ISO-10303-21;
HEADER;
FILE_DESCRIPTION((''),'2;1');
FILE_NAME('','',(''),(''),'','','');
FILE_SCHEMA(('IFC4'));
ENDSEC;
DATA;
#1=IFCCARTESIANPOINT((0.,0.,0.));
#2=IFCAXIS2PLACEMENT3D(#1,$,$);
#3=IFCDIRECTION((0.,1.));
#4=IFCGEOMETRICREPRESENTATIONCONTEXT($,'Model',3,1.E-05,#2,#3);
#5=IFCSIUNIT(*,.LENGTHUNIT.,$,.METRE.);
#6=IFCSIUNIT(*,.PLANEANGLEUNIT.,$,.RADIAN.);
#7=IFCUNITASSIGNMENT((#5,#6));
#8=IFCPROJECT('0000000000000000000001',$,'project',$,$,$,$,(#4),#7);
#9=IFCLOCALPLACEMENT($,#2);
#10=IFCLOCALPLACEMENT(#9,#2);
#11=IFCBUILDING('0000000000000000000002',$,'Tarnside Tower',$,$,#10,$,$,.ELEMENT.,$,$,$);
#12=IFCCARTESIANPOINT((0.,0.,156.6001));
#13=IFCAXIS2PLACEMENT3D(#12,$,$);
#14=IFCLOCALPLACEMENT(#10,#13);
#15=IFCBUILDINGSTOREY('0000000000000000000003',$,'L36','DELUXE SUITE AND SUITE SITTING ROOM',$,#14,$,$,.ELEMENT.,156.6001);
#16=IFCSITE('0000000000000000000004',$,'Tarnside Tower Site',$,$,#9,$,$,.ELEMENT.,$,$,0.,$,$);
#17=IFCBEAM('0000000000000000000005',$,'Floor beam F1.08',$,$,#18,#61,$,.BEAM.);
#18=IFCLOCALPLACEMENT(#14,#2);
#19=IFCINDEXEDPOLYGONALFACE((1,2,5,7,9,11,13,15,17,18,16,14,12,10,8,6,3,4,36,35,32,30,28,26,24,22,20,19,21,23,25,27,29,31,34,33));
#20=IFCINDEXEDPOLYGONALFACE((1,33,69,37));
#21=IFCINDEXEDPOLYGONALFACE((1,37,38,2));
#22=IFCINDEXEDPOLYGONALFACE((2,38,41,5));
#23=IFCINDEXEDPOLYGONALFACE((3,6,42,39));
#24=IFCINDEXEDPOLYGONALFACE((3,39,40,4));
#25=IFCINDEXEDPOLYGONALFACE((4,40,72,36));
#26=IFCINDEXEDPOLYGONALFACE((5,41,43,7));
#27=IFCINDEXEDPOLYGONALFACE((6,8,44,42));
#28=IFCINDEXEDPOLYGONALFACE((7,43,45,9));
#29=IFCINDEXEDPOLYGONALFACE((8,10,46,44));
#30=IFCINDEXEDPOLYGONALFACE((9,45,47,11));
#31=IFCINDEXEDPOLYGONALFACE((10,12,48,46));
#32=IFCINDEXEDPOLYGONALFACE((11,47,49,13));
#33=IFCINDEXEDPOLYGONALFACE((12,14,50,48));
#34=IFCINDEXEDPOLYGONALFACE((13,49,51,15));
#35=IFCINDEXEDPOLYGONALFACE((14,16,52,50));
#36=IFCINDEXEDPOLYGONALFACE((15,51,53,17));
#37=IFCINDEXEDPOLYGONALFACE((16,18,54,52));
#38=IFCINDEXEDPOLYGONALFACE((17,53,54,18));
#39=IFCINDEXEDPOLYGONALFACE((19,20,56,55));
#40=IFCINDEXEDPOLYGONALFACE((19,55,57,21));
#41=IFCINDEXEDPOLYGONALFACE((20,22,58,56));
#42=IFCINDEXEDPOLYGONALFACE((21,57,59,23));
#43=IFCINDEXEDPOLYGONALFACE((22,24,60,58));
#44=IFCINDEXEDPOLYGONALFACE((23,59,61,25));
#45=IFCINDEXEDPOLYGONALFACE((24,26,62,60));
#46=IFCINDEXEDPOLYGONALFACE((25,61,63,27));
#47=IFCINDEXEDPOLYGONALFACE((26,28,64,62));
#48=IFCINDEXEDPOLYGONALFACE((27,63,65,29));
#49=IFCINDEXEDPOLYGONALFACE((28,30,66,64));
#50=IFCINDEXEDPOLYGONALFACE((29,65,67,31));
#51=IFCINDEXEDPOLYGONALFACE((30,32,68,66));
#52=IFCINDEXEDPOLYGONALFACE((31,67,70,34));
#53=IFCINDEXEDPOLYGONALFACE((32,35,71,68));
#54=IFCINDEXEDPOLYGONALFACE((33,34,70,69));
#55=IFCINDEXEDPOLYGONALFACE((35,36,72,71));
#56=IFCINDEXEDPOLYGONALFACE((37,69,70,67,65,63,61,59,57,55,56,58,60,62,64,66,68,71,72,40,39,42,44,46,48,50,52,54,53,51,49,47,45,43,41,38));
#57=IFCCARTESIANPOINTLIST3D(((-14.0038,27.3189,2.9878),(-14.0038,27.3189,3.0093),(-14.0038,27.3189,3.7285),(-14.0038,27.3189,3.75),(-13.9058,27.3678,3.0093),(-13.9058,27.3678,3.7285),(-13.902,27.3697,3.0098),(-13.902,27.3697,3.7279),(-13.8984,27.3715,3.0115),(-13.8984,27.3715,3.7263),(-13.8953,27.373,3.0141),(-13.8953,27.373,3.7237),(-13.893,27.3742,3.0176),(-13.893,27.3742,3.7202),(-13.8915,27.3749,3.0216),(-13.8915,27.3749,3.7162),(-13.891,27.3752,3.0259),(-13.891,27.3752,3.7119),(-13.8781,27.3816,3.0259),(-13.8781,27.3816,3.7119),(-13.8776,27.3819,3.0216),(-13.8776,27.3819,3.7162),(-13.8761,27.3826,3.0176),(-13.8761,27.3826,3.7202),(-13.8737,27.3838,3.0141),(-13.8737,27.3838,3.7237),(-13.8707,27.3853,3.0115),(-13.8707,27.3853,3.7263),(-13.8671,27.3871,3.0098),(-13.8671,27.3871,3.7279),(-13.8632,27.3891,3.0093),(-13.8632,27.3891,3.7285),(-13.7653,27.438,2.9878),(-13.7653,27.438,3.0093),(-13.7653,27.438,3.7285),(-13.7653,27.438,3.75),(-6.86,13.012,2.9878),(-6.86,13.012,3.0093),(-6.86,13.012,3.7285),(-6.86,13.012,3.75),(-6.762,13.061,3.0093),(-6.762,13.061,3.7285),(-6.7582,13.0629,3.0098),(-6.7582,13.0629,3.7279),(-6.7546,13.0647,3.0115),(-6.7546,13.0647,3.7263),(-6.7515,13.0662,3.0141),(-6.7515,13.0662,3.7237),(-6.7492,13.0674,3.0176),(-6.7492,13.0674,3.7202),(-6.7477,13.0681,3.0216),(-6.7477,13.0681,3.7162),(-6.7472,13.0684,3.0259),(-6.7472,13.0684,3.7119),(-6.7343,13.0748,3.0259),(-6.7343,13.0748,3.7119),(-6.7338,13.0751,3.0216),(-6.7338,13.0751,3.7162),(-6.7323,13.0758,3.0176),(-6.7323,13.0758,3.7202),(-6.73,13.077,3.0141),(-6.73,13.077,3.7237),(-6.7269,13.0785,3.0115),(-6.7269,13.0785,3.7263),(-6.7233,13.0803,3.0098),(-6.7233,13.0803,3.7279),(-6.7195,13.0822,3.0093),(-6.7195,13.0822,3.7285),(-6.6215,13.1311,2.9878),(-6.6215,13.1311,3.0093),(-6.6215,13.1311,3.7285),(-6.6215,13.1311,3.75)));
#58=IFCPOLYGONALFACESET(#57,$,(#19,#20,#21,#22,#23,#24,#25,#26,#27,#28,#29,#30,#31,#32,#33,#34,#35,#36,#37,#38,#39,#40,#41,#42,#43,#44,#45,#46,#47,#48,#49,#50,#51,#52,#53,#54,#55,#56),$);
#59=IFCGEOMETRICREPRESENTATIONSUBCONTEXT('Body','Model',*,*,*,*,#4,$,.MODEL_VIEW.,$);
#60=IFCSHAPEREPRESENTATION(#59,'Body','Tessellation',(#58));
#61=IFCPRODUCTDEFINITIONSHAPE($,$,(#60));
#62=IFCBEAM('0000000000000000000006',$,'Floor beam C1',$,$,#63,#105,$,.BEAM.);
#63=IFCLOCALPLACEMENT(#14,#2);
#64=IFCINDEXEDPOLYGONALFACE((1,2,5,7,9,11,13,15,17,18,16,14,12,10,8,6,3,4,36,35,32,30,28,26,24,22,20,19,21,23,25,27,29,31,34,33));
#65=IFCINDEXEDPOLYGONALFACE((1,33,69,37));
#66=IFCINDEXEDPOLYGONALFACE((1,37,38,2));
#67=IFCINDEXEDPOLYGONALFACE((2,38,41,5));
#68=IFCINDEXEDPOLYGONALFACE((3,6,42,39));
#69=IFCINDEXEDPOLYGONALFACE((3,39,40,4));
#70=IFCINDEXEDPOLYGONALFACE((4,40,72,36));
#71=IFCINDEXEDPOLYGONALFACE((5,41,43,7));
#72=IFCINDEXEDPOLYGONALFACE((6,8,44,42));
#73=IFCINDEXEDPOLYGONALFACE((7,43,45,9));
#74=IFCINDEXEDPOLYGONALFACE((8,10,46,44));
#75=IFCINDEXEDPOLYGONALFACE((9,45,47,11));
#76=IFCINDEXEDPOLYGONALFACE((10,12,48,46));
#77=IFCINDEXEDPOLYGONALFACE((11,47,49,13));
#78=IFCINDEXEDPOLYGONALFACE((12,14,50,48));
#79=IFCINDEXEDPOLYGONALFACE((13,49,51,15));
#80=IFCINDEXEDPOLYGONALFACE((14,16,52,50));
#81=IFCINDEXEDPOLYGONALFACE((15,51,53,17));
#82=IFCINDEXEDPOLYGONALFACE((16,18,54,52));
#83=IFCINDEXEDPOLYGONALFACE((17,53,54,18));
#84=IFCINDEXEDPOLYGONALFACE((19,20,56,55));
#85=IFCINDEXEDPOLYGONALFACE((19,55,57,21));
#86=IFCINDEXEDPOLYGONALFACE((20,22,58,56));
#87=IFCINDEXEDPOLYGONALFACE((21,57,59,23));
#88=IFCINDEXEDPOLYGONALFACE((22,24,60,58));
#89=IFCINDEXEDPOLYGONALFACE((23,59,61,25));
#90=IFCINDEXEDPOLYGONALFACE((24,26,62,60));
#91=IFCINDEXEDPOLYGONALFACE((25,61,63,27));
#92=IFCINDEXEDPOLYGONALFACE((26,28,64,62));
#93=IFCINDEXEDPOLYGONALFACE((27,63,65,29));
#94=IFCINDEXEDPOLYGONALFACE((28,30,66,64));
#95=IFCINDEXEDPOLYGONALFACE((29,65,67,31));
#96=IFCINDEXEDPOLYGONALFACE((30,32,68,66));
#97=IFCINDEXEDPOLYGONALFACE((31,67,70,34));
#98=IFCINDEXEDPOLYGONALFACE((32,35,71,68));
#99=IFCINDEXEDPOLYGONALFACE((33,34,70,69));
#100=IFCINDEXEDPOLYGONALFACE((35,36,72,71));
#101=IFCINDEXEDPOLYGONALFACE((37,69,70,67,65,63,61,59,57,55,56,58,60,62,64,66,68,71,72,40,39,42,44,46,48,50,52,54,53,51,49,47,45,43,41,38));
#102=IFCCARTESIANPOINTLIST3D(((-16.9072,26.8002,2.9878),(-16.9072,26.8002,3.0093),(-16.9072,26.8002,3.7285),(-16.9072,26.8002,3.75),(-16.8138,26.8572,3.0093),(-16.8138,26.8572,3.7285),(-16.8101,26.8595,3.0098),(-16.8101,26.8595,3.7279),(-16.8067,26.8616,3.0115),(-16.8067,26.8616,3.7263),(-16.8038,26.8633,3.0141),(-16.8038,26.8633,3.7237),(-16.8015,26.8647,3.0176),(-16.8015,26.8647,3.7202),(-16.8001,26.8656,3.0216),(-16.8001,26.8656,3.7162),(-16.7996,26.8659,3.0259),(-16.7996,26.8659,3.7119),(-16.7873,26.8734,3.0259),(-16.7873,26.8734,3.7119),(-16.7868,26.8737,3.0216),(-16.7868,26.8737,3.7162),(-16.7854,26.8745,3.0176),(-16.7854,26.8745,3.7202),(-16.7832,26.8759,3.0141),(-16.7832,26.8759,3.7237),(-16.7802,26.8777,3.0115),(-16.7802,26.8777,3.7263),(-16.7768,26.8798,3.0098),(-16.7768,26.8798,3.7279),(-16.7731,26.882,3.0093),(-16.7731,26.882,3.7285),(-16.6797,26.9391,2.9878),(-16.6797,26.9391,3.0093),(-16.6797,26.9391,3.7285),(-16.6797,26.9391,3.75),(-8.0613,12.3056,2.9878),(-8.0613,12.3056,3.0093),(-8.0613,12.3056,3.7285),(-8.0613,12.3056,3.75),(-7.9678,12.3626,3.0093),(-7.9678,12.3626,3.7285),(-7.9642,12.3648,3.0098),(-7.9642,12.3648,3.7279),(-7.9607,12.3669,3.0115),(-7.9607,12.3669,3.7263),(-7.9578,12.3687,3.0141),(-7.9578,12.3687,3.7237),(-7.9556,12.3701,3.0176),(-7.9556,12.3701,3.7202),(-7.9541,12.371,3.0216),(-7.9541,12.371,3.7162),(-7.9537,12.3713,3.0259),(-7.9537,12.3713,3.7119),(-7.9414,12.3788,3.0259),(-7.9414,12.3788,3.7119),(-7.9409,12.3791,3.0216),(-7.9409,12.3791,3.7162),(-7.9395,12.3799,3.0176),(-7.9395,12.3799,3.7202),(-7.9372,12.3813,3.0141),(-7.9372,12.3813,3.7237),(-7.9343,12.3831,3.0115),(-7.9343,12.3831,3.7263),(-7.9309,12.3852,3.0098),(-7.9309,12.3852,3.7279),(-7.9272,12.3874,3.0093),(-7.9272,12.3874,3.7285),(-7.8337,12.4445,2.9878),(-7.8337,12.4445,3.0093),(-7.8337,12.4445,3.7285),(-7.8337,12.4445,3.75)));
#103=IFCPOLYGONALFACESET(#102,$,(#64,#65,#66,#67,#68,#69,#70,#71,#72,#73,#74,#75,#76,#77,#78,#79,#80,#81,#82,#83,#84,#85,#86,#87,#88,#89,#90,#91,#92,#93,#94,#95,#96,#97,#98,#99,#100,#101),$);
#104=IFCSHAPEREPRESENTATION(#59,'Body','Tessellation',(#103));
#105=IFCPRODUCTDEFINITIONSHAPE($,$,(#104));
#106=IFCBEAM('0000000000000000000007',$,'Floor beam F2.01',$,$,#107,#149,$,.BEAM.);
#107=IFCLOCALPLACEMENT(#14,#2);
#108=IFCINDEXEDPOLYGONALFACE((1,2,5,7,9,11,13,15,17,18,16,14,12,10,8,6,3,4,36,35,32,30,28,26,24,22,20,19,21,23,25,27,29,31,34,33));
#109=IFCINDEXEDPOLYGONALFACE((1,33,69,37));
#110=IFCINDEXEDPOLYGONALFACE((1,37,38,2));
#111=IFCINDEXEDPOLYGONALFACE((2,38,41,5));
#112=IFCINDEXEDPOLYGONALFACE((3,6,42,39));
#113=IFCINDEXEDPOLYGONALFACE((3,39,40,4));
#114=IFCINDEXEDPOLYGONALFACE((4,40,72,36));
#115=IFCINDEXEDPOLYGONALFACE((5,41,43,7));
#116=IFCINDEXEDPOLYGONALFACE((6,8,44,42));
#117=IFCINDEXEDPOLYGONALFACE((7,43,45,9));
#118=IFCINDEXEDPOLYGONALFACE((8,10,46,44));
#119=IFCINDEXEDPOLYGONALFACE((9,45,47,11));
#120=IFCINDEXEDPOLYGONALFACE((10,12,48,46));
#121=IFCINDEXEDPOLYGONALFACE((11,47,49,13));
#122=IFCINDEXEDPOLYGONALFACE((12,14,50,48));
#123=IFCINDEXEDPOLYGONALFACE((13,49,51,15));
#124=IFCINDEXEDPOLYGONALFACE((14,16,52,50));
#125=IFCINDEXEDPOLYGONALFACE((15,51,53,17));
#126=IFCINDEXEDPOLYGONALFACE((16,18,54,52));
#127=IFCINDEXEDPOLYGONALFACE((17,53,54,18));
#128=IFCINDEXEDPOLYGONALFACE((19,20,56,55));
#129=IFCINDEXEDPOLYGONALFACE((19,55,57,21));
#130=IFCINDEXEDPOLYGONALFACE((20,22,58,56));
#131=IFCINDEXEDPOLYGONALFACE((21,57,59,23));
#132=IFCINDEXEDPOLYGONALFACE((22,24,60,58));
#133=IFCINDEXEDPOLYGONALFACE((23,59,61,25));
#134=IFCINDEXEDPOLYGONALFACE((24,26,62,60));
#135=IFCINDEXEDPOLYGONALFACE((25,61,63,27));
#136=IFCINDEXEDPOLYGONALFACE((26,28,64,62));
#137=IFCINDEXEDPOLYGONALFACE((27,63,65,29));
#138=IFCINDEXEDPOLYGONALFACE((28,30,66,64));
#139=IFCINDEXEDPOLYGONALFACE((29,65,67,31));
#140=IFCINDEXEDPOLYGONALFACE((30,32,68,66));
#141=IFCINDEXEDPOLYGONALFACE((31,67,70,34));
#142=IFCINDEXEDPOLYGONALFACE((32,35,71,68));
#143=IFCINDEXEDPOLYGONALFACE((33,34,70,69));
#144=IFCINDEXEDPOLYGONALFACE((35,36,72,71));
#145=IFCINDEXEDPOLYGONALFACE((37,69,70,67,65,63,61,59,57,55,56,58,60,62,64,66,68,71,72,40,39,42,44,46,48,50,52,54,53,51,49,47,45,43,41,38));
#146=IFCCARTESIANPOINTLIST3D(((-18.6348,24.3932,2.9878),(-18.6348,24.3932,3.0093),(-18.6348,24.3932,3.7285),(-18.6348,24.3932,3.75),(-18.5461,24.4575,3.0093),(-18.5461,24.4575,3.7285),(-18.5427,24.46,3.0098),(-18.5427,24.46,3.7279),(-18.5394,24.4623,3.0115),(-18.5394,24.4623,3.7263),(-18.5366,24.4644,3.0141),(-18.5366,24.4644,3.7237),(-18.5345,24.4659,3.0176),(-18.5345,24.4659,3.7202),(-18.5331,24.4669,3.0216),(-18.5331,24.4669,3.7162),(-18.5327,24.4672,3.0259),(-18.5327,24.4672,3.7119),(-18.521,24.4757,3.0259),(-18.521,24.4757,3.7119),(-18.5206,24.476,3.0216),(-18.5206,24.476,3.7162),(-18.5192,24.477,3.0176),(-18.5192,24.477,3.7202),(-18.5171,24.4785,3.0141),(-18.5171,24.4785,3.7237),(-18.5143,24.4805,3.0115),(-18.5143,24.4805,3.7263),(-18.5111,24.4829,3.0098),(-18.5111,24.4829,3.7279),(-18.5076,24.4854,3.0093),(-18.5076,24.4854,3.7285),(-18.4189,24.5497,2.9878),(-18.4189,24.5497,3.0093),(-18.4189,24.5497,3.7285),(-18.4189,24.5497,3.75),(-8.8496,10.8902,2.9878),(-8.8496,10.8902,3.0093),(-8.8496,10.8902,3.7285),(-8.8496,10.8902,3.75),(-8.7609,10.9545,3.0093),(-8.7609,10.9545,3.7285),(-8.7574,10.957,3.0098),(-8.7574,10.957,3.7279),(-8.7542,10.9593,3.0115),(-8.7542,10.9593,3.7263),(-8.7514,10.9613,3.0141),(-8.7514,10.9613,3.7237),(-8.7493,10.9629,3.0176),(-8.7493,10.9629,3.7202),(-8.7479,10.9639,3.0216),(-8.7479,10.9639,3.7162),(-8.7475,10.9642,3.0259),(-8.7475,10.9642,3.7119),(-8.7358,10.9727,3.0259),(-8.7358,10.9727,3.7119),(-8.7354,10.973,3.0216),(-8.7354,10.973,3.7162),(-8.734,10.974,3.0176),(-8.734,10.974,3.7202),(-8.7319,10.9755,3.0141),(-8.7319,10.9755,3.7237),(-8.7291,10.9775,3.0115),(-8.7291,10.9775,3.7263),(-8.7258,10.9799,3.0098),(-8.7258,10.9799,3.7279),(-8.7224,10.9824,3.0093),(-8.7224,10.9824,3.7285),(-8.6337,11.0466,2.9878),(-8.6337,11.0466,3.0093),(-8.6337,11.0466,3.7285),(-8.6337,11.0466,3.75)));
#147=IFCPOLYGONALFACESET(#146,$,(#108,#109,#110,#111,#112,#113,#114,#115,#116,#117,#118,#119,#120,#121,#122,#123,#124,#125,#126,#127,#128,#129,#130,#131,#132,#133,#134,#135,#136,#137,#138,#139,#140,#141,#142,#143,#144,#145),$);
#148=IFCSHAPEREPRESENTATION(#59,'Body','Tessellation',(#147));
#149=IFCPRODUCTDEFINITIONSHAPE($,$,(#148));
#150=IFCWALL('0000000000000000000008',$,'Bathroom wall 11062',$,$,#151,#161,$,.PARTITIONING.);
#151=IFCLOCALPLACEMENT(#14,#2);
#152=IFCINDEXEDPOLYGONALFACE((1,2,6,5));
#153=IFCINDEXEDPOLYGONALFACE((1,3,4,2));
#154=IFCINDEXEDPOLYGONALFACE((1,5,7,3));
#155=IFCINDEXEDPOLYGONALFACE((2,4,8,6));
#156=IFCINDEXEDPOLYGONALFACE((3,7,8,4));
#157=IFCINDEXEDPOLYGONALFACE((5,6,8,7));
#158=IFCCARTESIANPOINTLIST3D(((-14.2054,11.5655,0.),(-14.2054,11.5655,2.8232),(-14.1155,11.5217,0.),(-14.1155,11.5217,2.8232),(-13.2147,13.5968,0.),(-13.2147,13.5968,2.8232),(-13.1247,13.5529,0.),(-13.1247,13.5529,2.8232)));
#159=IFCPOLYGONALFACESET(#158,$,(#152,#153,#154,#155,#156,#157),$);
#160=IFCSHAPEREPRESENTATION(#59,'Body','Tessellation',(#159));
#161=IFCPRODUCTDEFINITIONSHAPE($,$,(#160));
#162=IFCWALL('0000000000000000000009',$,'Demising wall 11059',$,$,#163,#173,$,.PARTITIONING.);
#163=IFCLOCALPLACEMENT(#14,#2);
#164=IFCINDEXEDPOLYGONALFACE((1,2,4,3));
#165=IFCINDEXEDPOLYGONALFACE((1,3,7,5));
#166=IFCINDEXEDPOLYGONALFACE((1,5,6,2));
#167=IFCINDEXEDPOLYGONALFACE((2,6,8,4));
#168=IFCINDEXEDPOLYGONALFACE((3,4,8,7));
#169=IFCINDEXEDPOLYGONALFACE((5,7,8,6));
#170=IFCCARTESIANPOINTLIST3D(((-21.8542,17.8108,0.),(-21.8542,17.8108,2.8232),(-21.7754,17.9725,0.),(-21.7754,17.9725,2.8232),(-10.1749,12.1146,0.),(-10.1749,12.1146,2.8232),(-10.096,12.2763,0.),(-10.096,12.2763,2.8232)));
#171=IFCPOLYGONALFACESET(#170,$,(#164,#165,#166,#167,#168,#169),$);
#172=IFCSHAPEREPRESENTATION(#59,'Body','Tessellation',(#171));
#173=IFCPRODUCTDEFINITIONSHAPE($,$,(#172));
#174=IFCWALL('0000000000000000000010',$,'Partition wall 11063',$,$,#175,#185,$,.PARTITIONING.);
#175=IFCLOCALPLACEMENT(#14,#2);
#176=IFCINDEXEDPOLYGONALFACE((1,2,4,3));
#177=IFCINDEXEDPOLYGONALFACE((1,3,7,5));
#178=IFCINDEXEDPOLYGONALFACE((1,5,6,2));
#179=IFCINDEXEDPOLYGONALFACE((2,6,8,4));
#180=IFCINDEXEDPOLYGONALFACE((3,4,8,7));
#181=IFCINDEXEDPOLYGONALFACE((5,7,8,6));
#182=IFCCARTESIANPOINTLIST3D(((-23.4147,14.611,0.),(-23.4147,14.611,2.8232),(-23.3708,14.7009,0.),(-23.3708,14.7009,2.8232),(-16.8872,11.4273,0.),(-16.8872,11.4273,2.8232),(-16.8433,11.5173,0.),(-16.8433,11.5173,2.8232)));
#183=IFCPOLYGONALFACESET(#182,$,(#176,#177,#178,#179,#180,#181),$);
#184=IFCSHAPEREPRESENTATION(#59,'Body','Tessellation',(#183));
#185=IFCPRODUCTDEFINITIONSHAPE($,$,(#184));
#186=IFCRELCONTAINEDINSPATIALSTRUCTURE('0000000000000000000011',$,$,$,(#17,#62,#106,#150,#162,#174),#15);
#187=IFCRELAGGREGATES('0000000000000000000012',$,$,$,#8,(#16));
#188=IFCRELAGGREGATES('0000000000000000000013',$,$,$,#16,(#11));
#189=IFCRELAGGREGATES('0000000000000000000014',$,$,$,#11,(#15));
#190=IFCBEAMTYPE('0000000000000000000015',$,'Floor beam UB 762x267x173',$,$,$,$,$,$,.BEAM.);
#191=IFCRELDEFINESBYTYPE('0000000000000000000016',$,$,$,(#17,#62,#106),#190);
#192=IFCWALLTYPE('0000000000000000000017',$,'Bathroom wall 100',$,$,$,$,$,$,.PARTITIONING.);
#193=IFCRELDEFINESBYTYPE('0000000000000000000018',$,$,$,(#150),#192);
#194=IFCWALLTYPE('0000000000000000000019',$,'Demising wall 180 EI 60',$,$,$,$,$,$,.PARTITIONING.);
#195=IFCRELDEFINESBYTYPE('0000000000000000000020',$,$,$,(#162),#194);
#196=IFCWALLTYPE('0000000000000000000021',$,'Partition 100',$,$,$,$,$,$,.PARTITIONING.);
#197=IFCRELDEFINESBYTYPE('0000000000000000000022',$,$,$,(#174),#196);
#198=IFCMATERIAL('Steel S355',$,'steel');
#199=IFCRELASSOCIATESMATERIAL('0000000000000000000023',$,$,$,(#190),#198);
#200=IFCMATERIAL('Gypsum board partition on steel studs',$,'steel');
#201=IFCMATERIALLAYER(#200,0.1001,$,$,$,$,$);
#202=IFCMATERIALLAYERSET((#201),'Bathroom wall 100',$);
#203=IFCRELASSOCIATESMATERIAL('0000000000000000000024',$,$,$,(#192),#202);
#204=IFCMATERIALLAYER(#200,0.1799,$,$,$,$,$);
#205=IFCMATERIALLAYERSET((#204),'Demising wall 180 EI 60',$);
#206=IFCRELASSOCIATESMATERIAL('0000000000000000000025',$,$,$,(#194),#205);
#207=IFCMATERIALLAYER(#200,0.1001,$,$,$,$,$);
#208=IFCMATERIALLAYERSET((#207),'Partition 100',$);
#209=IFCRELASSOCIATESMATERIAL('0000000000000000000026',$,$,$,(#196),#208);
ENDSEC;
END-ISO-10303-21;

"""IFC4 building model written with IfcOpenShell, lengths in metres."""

from ifc_helpers import new_model, si_unit, direction, frame, frame_2d, origin, origin_2d, place, context, subcontext, project, spatial, rectangle, i_section, extrude, material, layer, layer_set, material_profile, profile_set, type_object, element, save


model = new_model("IFC4")

# Units and contexts
model_context = context("Model", 3, precision=1e-05, world=origin(), true_north=direction((0.0, 1.0)))
body_context = subcontext(model_context, "Body", "Model", "MODEL_VIEW")
ifc_project = project(units=[si_unit("LENGTHUNIT", "METRE"), si_unit("PLANEANGLEUNIT", "RADIAN")], contexts=[model_context])

# Site, building, storey
site_placement = place(None, origin())
site = spatial("IfcSite", under=ifc_project, at=site_placement, Name="Tarnside Tower Site", CompositionType="ELEMENT", RefElevation=0.0)
building_placement = place(site_placement, origin())
building = spatial("IfcBuilding", under=site, at=building_placement, Name="Tarnside Tower", CompositionType="ELEMENT")
storey_placement = place(building_placement, frame((0.0, 0.0, 156.6001)))
storey = spatial("IfcBuildingStorey", under=building, at=storey_placement, Name="L36", Description="DELUXE SUITE AND SUITE SITTING ROOM", CompositionType="ELEMENT", Elevation=156.6001)

# Beams
ifc_material_1 = material(Name="Steel S355", Category="steel")
ifc_material_profile_1 = material_profile(ifc_material_1, i_section(OverallWidth=0.2666, OverallDepth=0.7622, WebThickness=0.0144, FlangeThickness=0.0215, FilletRadius=0.0166, at=origin_2d()), Name="UB 762x267x173")
ifc_profile_set_1 = profile_set([ifc_material_profile_1], Name="Steel S355")
beam_type_1 = type_object("IfcBeamType", Name="Floor beam UB 762x267x173", PredefinedType="BEAM", material=ifc_profile_set_1)
beam_1_placement = place(storey_placement, frame((-13.8845, 27.3784, 3.3689), z_axis=(0.446731, -0.894668, 0.0), x_axis=(0.894668, 0.446731, 0.0)))
element("IfcBeam", 1, at=beam_1_placement, inside=storey, type_object=beam_type_1, Name="Floor beam F1.08", PredefinedType="BEAM", context=body_context, shape_type="SweptSolid", body=[
    extrude(i_section(OverallWidth=0.2666, OverallDepth=0.7622, WebThickness=0.0144, FlangeThickness=0.0215, FilletRadius=0.0166, at=origin_2d()), origin(), (0.0, 0.0, 1.0), 15.9912),
])
beam_2_placement = place(storey_placement, frame((-16.7935, 26.8696, 3.3689), z_axis=(0.52094, -0.853593, 0.0), x_axis=(0.853593, 0.52094, 0.0)))
element("IfcBeam", 2, at=beam_2_placement, inside=storey, type_object=beam_type_1, Name="Floor beam C1", PredefinedType="BEAM", context=body_context, shape_type="SweptSolid", body=[
    extrude(i_section(OverallWidth=0.2666, OverallDepth=0.7622, WebThickness=0.0144, FlangeThickness=0.0215, FilletRadius=0.0166, at=origin_2d()), origin(), (0.0, 0.0, 1.0), 16.9807),
])
beam_3_placement = place(storey_placement, frame((-18.5269, 24.4714, 3.3689), z_axis=(0.586792, -0.809738, 0.0), x_axis=(0.809738, 0.586792, 0.0)))
element("IfcBeam", 3, at=beam_3_placement, inside=storey, type_object=beam_type_1, Name="Floor beam F2.01", PredefinedType="BEAM", context=body_context, shape_type="SweptSolid", body=[
    extrude(i_section(OverallWidth=0.2666, OverallDepth=0.7622, WebThickness=0.0144, FlangeThickness=0.0215, FilletRadius=0.0166, at=origin_2d()), origin(), (0.0, 0.0, 1.0), 16.6758),
])

# Walls
ifc_material_2 = material(Name="Gypsum board partition on steel studs", Category="steel")
ifc_layer_1 = layer(ifc_material_2, 0.1001)
ifc_layer_set_1 = layer_set([ifc_layer_1], Name="Bathroom wall 100")
wall_type_1 = type_object("IfcWallType", Name="Bathroom wall 100", PredefinedType="PARTITIONING", material=ifc_layer_set_1)
wall_1_placement = place(storey_placement, frame((-14.1604, 11.5437, 0.0), z_axis=(0.0, 0.0, 1.0), x_axis=(0.438377, 0.898791, 0.0)))
element("IfcWall", 4, at=wall_1_placement, inside=storey, type_object=wall_type_1, Name="Bathroom wall 11062", PredefinedType="PARTITIONING", context=body_context, shape_type="SweptSolid", body=[
    extrude(rectangle(XDim=2.26, YDim=0.1001, at=frame_2d((1.1299, 0.0))), origin(), (0.0, 0.0, 1.0), 2.8232),
])
ifc_layer_2 = layer(ifc_material_2, 0.1799)
ifc_layer_set_2 = layer_set([ifc_layer_2], Name="Demising wall 180 EI 60")
wall_type_2 = type_object("IfcWallType", Name="Demising wall 180 EI 60", PredefinedType="PARTITIONING", material=ifc_layer_set_2)
wall_2_placement = place(storey_placement, frame((-21.8147, 17.8916, 0.0), z_axis=(0.0, 0.0, 1.0), x_axis=(0.898799, -0.438361, 0.0)))
element("IfcWall", 5, at=wall_2_placement, inside=storey, type_object=wall_type_2, Name="Demising wall 11059", PredefinedType="PARTITIONING", context=body_context, shape_type="SweptSolid", body=[
    extrude(rectangle(XDim=12.9944, YDim=0.1799, at=frame_2d((6.4971, 0.0))), origin(), (0.0, 0.0, 1.0), 2.8232),
])
ifc_layer_3 = layer(ifc_material_2, 0.1001)
ifc_layer_set_3 = layer_set([ifc_layer_3], Name="Partition 100")
wall_type_3 = type_object("IfcWallType", Name="Partition 100", PredefinedType="PARTITIONING", material=ifc_layer_set_3)
wall_3_placement = place(storey_placement, frame((-23.3928, 14.656, 0.0), z_axis=(0.0, 0.0, 1.0), x_axis=(0.898794, -0.438371, 0.0)))
element("IfcWall", 6, at=wall_3_placement, inside=storey, type_object=wall_type_3, Name="Partition wall 11063", PredefinedType="PARTITIONING", context=body_context, shape_type="SweptSolid", body=[
    extrude(rectangle(XDim=7.2625, YDim=0.1001, at=frame_2d((3.6313, 0.0))), origin(), (0.0, 0.0, 1.0), 2.8232),
])

save(model, "model.ifc")
